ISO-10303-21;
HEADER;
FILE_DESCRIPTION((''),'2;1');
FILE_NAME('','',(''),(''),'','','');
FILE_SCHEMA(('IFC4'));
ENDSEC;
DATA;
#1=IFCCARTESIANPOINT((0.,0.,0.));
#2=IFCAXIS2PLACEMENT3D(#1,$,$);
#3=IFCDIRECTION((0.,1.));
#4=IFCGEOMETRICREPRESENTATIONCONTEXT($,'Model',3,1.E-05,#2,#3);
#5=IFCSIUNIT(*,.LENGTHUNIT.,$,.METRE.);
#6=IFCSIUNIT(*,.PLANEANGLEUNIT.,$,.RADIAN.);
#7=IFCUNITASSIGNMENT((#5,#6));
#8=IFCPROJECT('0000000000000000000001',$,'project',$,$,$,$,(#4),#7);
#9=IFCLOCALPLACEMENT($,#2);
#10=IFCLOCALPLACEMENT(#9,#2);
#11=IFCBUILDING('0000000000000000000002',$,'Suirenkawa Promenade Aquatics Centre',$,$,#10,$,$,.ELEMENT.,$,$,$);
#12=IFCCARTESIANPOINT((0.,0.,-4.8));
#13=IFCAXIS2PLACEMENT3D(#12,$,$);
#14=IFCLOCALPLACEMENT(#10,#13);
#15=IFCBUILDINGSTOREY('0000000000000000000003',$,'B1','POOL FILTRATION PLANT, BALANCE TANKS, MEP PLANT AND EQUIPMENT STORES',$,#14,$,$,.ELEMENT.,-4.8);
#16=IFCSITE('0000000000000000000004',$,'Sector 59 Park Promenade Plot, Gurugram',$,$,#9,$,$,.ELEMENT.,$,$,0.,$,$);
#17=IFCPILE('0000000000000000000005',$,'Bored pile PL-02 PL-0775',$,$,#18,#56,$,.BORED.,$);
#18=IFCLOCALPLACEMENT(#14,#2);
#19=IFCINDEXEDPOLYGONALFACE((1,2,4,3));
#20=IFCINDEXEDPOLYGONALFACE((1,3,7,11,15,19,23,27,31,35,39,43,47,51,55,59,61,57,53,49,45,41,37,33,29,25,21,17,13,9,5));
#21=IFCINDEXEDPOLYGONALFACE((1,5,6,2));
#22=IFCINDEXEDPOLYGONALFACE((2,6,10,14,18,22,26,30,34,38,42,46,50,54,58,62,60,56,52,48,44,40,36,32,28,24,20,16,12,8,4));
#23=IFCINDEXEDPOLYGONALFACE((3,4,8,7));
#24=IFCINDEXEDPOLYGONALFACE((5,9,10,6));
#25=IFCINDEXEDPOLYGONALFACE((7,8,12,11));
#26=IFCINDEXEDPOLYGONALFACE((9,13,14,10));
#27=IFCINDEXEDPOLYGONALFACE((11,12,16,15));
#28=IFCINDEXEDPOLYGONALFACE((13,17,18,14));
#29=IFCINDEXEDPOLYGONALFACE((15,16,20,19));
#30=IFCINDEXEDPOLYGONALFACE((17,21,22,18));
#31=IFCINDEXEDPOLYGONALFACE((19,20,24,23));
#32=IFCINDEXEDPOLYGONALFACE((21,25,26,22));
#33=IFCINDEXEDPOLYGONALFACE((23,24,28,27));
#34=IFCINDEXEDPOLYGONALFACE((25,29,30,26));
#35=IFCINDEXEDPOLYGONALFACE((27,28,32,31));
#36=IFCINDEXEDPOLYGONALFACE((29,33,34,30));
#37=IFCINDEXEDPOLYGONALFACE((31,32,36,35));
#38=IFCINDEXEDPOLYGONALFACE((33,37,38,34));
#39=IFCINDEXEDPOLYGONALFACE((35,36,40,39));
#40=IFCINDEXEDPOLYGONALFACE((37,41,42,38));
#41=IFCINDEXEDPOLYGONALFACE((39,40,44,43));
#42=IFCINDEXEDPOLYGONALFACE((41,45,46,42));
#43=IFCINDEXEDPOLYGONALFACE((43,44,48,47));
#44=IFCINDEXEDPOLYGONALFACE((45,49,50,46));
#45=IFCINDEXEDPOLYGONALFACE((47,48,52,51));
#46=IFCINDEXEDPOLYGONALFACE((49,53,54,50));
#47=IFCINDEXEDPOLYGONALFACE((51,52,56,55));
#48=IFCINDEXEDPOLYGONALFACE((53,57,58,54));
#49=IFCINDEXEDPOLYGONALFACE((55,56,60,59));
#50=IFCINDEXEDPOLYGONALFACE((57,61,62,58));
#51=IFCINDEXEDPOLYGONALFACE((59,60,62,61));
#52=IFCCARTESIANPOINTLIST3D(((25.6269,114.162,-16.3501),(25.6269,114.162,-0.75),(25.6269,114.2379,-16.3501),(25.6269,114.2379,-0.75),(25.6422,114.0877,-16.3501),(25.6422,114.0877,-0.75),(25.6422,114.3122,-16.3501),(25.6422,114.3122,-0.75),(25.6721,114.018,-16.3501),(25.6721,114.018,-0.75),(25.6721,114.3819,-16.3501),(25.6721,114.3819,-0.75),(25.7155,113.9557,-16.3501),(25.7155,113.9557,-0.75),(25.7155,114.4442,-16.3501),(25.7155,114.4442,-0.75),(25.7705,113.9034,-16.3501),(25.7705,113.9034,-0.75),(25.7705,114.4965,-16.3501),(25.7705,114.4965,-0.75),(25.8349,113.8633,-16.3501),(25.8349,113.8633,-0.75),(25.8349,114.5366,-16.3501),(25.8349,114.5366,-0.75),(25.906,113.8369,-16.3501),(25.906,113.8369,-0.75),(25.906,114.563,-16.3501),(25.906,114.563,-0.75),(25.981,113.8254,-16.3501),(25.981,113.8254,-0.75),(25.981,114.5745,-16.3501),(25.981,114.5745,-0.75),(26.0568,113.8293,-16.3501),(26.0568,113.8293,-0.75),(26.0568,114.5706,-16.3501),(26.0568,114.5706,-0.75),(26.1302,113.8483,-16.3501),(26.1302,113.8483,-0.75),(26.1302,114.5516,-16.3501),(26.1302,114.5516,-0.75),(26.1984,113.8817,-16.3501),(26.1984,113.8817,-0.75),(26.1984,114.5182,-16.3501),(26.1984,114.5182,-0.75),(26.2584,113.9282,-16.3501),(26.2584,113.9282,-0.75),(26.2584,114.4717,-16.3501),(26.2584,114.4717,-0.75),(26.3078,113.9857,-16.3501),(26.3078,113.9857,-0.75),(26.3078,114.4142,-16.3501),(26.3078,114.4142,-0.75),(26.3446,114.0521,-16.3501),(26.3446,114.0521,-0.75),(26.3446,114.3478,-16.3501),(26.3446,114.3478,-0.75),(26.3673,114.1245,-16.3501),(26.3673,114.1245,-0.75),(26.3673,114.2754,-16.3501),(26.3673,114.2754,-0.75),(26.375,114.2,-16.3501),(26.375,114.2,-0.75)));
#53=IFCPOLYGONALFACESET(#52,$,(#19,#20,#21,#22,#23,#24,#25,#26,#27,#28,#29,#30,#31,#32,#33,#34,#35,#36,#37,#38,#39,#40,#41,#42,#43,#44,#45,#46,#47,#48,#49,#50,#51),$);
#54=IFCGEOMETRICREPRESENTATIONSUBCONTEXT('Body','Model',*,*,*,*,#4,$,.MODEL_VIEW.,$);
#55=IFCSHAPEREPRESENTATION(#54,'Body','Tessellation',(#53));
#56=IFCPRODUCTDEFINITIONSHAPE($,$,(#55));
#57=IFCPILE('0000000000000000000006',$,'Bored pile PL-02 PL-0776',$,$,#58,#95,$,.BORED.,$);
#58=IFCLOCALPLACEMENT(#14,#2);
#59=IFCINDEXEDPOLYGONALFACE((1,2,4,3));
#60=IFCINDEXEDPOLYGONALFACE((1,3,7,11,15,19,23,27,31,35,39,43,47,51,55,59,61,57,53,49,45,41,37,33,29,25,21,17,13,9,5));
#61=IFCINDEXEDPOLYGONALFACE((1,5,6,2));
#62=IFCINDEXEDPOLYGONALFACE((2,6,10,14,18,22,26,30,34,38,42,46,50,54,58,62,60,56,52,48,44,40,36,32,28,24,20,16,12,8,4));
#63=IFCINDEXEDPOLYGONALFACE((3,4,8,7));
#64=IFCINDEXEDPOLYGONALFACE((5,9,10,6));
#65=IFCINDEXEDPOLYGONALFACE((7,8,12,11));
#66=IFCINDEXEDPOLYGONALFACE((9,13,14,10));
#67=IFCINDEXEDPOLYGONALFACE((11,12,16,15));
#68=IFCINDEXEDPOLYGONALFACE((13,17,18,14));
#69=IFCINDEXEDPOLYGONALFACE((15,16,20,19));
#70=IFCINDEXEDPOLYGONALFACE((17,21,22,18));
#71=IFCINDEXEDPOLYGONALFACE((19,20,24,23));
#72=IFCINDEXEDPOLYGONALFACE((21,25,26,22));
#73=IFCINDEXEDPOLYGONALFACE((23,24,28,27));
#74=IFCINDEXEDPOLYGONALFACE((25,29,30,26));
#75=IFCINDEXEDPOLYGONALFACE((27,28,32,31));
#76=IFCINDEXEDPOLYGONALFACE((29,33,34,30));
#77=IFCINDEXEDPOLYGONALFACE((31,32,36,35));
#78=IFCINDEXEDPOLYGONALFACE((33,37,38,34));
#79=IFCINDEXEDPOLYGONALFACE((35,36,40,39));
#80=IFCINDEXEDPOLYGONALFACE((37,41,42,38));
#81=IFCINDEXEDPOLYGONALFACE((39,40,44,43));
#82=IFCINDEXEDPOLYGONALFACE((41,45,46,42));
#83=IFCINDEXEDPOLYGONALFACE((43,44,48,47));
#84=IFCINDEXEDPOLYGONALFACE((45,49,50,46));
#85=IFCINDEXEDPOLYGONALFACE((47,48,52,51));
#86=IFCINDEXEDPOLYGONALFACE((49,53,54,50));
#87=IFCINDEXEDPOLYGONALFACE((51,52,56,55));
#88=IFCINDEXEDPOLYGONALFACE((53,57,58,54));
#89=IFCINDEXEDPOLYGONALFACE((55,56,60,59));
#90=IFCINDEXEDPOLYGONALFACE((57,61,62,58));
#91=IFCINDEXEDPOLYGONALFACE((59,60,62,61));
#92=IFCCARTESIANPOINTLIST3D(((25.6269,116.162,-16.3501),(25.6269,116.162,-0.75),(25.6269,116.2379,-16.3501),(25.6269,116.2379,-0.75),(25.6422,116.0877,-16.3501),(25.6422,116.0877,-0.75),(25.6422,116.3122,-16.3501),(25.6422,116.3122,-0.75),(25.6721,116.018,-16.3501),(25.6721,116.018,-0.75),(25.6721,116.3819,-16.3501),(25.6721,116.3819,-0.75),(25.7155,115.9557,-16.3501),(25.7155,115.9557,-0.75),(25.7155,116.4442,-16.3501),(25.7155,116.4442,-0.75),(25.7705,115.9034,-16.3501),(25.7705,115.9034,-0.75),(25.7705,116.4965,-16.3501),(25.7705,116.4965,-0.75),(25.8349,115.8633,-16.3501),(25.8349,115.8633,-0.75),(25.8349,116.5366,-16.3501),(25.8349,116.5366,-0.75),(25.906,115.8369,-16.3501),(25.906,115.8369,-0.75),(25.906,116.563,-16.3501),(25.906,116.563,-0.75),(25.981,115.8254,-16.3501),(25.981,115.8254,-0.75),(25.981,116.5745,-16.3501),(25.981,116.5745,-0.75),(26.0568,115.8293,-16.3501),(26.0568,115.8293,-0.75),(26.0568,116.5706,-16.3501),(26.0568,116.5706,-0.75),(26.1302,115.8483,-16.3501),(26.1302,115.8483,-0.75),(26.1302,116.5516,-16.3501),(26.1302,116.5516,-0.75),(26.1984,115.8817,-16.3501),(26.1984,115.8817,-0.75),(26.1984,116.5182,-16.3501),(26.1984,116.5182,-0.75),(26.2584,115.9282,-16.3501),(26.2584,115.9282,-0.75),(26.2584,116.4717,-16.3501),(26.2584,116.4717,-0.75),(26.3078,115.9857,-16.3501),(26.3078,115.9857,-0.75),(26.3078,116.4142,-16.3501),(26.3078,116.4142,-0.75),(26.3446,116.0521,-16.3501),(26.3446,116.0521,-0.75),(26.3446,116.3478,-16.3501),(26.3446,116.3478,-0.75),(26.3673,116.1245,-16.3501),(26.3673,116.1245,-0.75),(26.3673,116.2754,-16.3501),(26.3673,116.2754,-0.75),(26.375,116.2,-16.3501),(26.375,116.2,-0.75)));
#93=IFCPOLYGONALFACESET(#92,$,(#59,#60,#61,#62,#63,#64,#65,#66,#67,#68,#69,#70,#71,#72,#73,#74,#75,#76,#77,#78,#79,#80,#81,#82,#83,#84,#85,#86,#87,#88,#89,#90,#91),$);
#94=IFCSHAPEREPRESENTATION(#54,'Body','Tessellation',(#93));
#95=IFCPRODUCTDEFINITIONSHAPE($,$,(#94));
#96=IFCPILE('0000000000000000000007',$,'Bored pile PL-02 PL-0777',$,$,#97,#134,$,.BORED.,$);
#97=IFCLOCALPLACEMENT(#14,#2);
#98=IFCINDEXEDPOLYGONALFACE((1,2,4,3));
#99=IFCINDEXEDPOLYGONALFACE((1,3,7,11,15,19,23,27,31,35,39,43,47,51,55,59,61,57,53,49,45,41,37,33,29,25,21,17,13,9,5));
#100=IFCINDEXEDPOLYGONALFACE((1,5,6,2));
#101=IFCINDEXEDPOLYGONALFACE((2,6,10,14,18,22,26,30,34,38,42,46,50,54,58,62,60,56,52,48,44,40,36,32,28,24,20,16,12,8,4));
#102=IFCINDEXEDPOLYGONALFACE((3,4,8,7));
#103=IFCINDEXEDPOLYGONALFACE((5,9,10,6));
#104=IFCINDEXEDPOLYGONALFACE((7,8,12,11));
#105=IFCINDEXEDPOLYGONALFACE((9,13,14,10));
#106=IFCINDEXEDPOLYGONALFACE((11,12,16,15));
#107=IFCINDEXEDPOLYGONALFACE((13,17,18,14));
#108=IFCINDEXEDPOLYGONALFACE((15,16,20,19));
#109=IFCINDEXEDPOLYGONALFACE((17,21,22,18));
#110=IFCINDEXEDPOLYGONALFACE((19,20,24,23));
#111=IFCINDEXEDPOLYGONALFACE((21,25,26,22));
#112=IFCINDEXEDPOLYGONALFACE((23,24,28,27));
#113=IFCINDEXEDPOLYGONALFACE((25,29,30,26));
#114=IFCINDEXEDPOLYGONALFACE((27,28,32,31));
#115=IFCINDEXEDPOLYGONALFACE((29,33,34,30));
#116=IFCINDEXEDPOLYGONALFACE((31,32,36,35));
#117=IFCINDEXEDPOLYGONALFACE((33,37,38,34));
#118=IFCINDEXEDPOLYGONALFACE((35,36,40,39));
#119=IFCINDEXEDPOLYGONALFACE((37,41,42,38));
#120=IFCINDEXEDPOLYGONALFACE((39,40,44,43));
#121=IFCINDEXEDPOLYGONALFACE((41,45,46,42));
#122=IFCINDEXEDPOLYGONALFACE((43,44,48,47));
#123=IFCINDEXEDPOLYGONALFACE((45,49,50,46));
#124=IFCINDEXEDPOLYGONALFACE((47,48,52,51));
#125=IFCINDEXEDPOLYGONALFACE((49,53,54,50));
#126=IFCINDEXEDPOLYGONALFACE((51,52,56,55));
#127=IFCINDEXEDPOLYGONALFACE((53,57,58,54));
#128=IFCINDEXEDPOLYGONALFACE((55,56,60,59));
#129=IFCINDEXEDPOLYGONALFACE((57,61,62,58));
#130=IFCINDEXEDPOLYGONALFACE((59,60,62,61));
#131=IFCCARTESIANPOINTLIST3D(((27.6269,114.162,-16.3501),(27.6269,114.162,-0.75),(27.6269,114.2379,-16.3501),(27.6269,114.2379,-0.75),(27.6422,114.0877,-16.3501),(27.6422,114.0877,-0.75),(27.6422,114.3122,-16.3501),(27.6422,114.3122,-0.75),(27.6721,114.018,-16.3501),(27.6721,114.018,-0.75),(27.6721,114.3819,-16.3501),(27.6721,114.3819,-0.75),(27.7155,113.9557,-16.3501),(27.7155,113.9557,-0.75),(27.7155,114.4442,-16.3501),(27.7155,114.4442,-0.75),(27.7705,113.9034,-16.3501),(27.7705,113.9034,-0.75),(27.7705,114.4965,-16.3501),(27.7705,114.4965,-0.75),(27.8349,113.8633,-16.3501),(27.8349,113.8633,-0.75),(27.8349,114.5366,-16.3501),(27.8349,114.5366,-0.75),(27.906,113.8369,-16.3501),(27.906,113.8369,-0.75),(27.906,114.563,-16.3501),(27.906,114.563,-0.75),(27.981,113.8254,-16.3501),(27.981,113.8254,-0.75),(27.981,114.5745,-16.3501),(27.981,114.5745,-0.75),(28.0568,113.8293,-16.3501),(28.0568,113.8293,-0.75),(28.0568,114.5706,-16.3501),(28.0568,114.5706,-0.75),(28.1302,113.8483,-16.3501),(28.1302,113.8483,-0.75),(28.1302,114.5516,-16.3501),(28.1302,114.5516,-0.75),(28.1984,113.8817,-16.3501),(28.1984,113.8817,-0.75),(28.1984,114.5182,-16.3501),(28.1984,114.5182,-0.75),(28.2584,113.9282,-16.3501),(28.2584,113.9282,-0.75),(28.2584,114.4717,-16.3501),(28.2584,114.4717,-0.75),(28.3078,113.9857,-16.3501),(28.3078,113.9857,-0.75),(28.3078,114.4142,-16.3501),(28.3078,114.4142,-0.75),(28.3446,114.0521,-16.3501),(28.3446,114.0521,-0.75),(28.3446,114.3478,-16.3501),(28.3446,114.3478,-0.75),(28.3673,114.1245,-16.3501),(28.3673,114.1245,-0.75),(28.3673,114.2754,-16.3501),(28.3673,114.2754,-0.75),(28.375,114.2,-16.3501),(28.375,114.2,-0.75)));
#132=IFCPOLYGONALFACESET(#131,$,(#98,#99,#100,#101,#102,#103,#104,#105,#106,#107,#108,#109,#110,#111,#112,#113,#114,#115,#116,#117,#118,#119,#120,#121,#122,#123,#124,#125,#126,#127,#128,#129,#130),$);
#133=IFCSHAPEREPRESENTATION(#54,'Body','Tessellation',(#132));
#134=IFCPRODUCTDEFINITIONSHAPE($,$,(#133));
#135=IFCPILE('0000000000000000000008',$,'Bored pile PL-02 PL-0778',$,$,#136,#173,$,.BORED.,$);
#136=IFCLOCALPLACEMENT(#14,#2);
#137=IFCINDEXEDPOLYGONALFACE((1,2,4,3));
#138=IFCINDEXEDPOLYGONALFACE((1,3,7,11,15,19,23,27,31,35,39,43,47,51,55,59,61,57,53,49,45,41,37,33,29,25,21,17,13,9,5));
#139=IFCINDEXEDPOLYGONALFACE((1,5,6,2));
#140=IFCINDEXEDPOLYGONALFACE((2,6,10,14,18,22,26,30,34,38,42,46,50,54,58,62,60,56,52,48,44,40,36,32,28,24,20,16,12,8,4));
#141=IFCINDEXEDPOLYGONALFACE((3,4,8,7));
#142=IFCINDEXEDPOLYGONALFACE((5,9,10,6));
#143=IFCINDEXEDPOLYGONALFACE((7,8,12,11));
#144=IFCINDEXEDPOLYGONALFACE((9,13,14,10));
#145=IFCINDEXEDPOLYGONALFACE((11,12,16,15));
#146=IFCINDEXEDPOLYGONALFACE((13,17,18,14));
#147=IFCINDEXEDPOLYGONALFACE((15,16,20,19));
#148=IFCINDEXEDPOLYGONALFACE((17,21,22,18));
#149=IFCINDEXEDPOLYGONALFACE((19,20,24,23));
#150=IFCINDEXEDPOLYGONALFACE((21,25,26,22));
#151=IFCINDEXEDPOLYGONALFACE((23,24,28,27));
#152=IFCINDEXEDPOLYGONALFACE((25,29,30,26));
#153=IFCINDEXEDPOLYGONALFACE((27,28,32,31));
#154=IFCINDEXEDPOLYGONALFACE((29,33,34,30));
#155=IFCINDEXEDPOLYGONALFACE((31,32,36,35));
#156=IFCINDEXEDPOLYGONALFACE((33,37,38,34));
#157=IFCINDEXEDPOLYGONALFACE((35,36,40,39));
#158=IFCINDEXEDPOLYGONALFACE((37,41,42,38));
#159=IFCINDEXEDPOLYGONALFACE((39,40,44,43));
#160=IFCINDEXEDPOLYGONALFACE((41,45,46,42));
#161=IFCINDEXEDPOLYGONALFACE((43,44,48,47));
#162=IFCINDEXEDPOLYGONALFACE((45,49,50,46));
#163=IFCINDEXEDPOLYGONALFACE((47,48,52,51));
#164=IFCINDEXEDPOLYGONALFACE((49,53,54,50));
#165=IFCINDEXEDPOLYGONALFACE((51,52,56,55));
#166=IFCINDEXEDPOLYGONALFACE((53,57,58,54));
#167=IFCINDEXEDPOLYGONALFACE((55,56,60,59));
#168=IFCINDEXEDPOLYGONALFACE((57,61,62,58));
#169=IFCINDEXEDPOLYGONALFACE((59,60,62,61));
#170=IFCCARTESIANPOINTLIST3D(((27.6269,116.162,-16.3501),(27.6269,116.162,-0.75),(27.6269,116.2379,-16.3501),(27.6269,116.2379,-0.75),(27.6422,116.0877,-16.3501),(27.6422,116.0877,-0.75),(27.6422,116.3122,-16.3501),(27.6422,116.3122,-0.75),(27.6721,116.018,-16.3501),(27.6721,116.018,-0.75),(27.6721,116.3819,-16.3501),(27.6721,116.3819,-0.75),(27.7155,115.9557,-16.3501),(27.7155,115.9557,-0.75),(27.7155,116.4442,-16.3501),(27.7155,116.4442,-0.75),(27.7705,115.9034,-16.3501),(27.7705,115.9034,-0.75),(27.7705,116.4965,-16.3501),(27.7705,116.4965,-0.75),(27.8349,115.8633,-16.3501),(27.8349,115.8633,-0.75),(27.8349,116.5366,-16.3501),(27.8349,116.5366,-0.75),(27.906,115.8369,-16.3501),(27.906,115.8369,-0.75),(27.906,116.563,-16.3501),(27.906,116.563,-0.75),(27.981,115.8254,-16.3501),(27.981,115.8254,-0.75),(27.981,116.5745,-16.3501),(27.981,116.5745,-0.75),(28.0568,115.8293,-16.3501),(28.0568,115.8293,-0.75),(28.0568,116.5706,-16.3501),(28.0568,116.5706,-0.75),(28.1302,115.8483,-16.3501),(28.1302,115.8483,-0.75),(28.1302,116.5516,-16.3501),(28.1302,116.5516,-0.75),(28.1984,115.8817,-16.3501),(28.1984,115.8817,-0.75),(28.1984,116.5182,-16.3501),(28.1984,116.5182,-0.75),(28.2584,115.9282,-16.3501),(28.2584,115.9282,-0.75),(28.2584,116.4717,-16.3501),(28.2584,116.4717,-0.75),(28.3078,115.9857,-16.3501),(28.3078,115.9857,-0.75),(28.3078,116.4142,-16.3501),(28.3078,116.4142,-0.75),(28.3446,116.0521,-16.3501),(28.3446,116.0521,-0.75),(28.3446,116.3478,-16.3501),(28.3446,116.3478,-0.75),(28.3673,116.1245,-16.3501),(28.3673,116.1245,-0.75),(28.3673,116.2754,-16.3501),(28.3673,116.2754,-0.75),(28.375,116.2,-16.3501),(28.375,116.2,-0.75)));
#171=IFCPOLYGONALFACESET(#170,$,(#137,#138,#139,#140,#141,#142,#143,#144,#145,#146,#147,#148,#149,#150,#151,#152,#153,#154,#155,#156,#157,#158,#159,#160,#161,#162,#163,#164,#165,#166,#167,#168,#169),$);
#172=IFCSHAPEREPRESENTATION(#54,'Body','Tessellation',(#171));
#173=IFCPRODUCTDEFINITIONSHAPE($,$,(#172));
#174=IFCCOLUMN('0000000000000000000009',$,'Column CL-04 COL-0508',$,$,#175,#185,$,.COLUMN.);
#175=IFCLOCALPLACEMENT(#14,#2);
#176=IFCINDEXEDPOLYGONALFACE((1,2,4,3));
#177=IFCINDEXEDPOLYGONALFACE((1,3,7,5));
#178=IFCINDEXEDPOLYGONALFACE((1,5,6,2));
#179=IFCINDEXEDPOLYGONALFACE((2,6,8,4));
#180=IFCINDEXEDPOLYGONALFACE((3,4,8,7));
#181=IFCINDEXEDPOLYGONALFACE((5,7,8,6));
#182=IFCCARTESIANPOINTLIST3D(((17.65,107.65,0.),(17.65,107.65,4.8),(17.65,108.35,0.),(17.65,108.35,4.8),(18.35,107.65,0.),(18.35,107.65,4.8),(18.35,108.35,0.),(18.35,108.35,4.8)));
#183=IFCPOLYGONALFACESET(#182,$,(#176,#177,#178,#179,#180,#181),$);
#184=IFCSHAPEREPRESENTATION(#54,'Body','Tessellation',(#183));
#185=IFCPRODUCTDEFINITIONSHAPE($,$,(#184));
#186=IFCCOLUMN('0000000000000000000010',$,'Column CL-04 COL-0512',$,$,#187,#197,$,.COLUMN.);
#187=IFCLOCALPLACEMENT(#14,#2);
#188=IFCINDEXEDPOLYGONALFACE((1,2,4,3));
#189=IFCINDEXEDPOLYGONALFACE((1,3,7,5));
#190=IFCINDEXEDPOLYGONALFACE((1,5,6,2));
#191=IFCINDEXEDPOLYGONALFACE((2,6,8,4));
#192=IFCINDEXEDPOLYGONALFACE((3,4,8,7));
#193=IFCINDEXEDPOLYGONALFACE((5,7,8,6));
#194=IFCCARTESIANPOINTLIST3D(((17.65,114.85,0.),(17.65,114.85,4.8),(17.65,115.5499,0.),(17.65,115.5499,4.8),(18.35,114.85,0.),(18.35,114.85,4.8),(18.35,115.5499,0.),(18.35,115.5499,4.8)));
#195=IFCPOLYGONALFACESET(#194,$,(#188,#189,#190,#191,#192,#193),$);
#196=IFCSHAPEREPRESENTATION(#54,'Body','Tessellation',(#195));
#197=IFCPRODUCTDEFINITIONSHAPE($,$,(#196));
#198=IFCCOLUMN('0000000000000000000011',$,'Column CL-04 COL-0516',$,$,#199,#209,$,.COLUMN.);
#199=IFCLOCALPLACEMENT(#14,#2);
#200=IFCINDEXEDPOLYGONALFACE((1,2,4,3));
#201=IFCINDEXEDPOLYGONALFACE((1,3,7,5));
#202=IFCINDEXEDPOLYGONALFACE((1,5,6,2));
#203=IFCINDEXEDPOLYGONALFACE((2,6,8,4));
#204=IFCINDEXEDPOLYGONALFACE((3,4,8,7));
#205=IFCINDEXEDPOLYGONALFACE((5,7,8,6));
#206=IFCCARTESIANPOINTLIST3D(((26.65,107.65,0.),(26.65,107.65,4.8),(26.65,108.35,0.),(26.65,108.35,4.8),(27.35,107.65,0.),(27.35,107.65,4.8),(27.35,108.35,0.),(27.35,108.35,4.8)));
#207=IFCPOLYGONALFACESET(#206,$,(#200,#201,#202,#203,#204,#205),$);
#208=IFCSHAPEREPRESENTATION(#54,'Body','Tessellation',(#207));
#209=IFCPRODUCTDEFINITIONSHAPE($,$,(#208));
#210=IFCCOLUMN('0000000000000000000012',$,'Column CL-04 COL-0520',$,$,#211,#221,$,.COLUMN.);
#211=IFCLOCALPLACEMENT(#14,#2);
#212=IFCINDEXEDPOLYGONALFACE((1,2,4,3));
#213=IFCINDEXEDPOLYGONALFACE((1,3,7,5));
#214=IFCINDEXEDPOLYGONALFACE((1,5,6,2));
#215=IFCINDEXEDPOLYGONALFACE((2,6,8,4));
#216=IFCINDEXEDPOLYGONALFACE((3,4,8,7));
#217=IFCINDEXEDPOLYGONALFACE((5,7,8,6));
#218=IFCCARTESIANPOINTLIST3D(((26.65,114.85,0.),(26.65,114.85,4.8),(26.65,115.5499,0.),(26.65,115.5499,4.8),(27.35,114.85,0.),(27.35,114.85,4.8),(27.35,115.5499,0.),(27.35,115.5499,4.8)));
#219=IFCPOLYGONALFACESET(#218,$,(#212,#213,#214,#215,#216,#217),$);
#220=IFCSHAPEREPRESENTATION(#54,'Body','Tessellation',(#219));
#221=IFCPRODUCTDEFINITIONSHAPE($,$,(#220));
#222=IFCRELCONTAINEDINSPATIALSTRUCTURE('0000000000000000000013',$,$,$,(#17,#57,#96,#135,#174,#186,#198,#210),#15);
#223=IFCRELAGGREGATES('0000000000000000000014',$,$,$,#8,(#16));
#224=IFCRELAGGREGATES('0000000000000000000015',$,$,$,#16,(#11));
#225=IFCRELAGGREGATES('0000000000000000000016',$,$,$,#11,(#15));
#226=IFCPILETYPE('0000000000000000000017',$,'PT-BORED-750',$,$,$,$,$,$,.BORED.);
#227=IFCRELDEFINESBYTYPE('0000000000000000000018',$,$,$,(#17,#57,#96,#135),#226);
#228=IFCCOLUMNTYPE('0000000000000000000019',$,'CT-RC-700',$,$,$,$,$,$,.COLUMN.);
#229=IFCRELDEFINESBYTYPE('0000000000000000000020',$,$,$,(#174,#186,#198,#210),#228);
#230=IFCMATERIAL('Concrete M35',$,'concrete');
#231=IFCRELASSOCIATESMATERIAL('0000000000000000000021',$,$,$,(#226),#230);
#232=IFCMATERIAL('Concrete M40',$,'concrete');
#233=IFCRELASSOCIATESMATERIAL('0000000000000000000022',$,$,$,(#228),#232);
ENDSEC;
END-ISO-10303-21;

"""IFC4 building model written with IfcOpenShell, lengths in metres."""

from ifc_helpers import new_model, si_unit, direction, frame, origin, origin_2d, place, context, subcontext, project, spatial, rectangle, circle, extrude, material, material_profile, profile_set, type_object, element, save


model = new_model("IFC4")

# Units and contexts
model_context = context("Model", 3, precision=1e-05, world=origin(), true_north=direction((0.0, 1.0)))
body_context = subcontext(model_context, "Body", "Model", "MODEL_VIEW")
ifc_project = project(units=[si_unit("LENGTHUNIT", "METRE"), si_unit("PLANEANGLEUNIT", "RADIAN")], contexts=[model_context])

# Site, building, storey
site_placement = place(None, origin())
site = spatial("IfcSite", under=ifc_project, at=site_placement, Name="Sector 59 Park Promenade Plot, Gurugram", CompositionType="ELEMENT", RefElevation=0.0)
building_placement = place(site_placement, origin())
building = spatial("IfcBuilding", under=site, at=building_placement, Name="Suirenkawa Promenade Aquatics Centre", CompositionType="ELEMENT")
storey_placement = place(building_placement, frame((0.0, 0.0, -4.8)))
storey = spatial("IfcBuildingStorey", under=building, at=storey_placement, Name="B1", Description="POOL FILTRATION PLANT, BALANCE TANKS, MEP PLANT AND EQUIPMENT STORES", CompositionType="ELEMENT", Elevation=-4.8)

# Shared definitions
ifc_material_1 = material(Name="Concrete M35", Category="concrete")

# Piles
ifc_material_profile_1 = material_profile(ifc_material_1, circle(Radius=0.375, at=origin_2d()), Name="PILE D750", Category="concrete")
ifc_profile_set_1 = profile_set([ifc_material_profile_1], Name="Concrete M35")
pile_type = type_object("IfcPileType", Name="PT-BORED-750", PredefinedType="BORED", material=ifc_profile_set_1)
for number, where, z_axis, x_axis, name in (
    (1, (26.0, 114.2, -0.75), (0.0, 0.0, -1.0), (1.0, 0.0, 0.0), "Bored pile PL-02 PL-0775"),
    (2, (26.0, 116.2, -0.75), (0.0, 0.0, -1.0), (1.0, 0.0, 0.0), "Bored pile PL-02 PL-0776"),
    (3, (28.0, 114.2, -0.75), (0.0, 0.0, -1.0), (1.0, 0.0, 0.0), "Bored pile PL-02 PL-0777"),
    (4, (28.0, 116.2, -0.75), (0.0, 0.0, -1.0), (1.0, 0.0, 0.0), "Bored pile PL-02 PL-0778"),
):
    element("IfcPile", number, at=place(storey_placement, frame(where, z_axis=z_axis, x_axis=x_axis)), inside=storey, type_object=pile_type, Name=name, PredefinedType="BORED", context=body_context, shape_type="SweptSolid", body=[
        extrude(circle(Radius=0.375, at=origin_2d()), origin(), (0.0, 0.0, 1.0), 15.6001),
    ])

# Columns
ifc_material_2 = material(Name="Concrete M40", Category="concrete")
ifc_material_profile_2 = material_profile(ifc_material_2, rectangle(XDim=0.7, YDim=0.7, at=origin_2d()), Name="RC COL 700x700", Category="concrete")
ifc_profile_set_2 = profile_set([ifc_material_profile_2], Name="Concrete M40")
column_type = type_object("IfcColumnType", Name="CT-RC-700", PredefinedType="COLUMN", material=ifc_profile_set_2)
for number, where, z_axis, x_axis, name in (
    (5, (18.0, 108.0, 0.0), (0.0, 0.0, 1.0), (1.0, 0.0, 0.0), "Column CL-04 COL-0508"),
    (6, (18.0, 115.2, 0.0), (0.0, 0.0, 1.0), (1.0, 0.0, 0.0), "Column CL-04 COL-0512"),
    (7, (27.0, 108.0, 0.0), (0.0, 0.0, 1.0), (1.0, 0.0, 0.0), "Column CL-04 COL-0516"),
    (8, (27.0, 115.2, 0.0), (0.0, 0.0, 1.0), (1.0, 0.0, 0.0), "Column CL-04 COL-0520"),
):
    element("IfcColumn", number, at=place(storey_placement, frame(where, z_axis=z_axis, x_axis=x_axis)), inside=storey, type_object=column_type, Name=name, PredefinedType="COLUMN", context=body_context, shape_type="SweptSolid", body=[
        extrude(rectangle(XDim=0.7, YDim=0.7, at=origin_2d()), origin(), (0.0, 0.0, 1.0), 4.8),
    ])

save(model, "model.ifc")
